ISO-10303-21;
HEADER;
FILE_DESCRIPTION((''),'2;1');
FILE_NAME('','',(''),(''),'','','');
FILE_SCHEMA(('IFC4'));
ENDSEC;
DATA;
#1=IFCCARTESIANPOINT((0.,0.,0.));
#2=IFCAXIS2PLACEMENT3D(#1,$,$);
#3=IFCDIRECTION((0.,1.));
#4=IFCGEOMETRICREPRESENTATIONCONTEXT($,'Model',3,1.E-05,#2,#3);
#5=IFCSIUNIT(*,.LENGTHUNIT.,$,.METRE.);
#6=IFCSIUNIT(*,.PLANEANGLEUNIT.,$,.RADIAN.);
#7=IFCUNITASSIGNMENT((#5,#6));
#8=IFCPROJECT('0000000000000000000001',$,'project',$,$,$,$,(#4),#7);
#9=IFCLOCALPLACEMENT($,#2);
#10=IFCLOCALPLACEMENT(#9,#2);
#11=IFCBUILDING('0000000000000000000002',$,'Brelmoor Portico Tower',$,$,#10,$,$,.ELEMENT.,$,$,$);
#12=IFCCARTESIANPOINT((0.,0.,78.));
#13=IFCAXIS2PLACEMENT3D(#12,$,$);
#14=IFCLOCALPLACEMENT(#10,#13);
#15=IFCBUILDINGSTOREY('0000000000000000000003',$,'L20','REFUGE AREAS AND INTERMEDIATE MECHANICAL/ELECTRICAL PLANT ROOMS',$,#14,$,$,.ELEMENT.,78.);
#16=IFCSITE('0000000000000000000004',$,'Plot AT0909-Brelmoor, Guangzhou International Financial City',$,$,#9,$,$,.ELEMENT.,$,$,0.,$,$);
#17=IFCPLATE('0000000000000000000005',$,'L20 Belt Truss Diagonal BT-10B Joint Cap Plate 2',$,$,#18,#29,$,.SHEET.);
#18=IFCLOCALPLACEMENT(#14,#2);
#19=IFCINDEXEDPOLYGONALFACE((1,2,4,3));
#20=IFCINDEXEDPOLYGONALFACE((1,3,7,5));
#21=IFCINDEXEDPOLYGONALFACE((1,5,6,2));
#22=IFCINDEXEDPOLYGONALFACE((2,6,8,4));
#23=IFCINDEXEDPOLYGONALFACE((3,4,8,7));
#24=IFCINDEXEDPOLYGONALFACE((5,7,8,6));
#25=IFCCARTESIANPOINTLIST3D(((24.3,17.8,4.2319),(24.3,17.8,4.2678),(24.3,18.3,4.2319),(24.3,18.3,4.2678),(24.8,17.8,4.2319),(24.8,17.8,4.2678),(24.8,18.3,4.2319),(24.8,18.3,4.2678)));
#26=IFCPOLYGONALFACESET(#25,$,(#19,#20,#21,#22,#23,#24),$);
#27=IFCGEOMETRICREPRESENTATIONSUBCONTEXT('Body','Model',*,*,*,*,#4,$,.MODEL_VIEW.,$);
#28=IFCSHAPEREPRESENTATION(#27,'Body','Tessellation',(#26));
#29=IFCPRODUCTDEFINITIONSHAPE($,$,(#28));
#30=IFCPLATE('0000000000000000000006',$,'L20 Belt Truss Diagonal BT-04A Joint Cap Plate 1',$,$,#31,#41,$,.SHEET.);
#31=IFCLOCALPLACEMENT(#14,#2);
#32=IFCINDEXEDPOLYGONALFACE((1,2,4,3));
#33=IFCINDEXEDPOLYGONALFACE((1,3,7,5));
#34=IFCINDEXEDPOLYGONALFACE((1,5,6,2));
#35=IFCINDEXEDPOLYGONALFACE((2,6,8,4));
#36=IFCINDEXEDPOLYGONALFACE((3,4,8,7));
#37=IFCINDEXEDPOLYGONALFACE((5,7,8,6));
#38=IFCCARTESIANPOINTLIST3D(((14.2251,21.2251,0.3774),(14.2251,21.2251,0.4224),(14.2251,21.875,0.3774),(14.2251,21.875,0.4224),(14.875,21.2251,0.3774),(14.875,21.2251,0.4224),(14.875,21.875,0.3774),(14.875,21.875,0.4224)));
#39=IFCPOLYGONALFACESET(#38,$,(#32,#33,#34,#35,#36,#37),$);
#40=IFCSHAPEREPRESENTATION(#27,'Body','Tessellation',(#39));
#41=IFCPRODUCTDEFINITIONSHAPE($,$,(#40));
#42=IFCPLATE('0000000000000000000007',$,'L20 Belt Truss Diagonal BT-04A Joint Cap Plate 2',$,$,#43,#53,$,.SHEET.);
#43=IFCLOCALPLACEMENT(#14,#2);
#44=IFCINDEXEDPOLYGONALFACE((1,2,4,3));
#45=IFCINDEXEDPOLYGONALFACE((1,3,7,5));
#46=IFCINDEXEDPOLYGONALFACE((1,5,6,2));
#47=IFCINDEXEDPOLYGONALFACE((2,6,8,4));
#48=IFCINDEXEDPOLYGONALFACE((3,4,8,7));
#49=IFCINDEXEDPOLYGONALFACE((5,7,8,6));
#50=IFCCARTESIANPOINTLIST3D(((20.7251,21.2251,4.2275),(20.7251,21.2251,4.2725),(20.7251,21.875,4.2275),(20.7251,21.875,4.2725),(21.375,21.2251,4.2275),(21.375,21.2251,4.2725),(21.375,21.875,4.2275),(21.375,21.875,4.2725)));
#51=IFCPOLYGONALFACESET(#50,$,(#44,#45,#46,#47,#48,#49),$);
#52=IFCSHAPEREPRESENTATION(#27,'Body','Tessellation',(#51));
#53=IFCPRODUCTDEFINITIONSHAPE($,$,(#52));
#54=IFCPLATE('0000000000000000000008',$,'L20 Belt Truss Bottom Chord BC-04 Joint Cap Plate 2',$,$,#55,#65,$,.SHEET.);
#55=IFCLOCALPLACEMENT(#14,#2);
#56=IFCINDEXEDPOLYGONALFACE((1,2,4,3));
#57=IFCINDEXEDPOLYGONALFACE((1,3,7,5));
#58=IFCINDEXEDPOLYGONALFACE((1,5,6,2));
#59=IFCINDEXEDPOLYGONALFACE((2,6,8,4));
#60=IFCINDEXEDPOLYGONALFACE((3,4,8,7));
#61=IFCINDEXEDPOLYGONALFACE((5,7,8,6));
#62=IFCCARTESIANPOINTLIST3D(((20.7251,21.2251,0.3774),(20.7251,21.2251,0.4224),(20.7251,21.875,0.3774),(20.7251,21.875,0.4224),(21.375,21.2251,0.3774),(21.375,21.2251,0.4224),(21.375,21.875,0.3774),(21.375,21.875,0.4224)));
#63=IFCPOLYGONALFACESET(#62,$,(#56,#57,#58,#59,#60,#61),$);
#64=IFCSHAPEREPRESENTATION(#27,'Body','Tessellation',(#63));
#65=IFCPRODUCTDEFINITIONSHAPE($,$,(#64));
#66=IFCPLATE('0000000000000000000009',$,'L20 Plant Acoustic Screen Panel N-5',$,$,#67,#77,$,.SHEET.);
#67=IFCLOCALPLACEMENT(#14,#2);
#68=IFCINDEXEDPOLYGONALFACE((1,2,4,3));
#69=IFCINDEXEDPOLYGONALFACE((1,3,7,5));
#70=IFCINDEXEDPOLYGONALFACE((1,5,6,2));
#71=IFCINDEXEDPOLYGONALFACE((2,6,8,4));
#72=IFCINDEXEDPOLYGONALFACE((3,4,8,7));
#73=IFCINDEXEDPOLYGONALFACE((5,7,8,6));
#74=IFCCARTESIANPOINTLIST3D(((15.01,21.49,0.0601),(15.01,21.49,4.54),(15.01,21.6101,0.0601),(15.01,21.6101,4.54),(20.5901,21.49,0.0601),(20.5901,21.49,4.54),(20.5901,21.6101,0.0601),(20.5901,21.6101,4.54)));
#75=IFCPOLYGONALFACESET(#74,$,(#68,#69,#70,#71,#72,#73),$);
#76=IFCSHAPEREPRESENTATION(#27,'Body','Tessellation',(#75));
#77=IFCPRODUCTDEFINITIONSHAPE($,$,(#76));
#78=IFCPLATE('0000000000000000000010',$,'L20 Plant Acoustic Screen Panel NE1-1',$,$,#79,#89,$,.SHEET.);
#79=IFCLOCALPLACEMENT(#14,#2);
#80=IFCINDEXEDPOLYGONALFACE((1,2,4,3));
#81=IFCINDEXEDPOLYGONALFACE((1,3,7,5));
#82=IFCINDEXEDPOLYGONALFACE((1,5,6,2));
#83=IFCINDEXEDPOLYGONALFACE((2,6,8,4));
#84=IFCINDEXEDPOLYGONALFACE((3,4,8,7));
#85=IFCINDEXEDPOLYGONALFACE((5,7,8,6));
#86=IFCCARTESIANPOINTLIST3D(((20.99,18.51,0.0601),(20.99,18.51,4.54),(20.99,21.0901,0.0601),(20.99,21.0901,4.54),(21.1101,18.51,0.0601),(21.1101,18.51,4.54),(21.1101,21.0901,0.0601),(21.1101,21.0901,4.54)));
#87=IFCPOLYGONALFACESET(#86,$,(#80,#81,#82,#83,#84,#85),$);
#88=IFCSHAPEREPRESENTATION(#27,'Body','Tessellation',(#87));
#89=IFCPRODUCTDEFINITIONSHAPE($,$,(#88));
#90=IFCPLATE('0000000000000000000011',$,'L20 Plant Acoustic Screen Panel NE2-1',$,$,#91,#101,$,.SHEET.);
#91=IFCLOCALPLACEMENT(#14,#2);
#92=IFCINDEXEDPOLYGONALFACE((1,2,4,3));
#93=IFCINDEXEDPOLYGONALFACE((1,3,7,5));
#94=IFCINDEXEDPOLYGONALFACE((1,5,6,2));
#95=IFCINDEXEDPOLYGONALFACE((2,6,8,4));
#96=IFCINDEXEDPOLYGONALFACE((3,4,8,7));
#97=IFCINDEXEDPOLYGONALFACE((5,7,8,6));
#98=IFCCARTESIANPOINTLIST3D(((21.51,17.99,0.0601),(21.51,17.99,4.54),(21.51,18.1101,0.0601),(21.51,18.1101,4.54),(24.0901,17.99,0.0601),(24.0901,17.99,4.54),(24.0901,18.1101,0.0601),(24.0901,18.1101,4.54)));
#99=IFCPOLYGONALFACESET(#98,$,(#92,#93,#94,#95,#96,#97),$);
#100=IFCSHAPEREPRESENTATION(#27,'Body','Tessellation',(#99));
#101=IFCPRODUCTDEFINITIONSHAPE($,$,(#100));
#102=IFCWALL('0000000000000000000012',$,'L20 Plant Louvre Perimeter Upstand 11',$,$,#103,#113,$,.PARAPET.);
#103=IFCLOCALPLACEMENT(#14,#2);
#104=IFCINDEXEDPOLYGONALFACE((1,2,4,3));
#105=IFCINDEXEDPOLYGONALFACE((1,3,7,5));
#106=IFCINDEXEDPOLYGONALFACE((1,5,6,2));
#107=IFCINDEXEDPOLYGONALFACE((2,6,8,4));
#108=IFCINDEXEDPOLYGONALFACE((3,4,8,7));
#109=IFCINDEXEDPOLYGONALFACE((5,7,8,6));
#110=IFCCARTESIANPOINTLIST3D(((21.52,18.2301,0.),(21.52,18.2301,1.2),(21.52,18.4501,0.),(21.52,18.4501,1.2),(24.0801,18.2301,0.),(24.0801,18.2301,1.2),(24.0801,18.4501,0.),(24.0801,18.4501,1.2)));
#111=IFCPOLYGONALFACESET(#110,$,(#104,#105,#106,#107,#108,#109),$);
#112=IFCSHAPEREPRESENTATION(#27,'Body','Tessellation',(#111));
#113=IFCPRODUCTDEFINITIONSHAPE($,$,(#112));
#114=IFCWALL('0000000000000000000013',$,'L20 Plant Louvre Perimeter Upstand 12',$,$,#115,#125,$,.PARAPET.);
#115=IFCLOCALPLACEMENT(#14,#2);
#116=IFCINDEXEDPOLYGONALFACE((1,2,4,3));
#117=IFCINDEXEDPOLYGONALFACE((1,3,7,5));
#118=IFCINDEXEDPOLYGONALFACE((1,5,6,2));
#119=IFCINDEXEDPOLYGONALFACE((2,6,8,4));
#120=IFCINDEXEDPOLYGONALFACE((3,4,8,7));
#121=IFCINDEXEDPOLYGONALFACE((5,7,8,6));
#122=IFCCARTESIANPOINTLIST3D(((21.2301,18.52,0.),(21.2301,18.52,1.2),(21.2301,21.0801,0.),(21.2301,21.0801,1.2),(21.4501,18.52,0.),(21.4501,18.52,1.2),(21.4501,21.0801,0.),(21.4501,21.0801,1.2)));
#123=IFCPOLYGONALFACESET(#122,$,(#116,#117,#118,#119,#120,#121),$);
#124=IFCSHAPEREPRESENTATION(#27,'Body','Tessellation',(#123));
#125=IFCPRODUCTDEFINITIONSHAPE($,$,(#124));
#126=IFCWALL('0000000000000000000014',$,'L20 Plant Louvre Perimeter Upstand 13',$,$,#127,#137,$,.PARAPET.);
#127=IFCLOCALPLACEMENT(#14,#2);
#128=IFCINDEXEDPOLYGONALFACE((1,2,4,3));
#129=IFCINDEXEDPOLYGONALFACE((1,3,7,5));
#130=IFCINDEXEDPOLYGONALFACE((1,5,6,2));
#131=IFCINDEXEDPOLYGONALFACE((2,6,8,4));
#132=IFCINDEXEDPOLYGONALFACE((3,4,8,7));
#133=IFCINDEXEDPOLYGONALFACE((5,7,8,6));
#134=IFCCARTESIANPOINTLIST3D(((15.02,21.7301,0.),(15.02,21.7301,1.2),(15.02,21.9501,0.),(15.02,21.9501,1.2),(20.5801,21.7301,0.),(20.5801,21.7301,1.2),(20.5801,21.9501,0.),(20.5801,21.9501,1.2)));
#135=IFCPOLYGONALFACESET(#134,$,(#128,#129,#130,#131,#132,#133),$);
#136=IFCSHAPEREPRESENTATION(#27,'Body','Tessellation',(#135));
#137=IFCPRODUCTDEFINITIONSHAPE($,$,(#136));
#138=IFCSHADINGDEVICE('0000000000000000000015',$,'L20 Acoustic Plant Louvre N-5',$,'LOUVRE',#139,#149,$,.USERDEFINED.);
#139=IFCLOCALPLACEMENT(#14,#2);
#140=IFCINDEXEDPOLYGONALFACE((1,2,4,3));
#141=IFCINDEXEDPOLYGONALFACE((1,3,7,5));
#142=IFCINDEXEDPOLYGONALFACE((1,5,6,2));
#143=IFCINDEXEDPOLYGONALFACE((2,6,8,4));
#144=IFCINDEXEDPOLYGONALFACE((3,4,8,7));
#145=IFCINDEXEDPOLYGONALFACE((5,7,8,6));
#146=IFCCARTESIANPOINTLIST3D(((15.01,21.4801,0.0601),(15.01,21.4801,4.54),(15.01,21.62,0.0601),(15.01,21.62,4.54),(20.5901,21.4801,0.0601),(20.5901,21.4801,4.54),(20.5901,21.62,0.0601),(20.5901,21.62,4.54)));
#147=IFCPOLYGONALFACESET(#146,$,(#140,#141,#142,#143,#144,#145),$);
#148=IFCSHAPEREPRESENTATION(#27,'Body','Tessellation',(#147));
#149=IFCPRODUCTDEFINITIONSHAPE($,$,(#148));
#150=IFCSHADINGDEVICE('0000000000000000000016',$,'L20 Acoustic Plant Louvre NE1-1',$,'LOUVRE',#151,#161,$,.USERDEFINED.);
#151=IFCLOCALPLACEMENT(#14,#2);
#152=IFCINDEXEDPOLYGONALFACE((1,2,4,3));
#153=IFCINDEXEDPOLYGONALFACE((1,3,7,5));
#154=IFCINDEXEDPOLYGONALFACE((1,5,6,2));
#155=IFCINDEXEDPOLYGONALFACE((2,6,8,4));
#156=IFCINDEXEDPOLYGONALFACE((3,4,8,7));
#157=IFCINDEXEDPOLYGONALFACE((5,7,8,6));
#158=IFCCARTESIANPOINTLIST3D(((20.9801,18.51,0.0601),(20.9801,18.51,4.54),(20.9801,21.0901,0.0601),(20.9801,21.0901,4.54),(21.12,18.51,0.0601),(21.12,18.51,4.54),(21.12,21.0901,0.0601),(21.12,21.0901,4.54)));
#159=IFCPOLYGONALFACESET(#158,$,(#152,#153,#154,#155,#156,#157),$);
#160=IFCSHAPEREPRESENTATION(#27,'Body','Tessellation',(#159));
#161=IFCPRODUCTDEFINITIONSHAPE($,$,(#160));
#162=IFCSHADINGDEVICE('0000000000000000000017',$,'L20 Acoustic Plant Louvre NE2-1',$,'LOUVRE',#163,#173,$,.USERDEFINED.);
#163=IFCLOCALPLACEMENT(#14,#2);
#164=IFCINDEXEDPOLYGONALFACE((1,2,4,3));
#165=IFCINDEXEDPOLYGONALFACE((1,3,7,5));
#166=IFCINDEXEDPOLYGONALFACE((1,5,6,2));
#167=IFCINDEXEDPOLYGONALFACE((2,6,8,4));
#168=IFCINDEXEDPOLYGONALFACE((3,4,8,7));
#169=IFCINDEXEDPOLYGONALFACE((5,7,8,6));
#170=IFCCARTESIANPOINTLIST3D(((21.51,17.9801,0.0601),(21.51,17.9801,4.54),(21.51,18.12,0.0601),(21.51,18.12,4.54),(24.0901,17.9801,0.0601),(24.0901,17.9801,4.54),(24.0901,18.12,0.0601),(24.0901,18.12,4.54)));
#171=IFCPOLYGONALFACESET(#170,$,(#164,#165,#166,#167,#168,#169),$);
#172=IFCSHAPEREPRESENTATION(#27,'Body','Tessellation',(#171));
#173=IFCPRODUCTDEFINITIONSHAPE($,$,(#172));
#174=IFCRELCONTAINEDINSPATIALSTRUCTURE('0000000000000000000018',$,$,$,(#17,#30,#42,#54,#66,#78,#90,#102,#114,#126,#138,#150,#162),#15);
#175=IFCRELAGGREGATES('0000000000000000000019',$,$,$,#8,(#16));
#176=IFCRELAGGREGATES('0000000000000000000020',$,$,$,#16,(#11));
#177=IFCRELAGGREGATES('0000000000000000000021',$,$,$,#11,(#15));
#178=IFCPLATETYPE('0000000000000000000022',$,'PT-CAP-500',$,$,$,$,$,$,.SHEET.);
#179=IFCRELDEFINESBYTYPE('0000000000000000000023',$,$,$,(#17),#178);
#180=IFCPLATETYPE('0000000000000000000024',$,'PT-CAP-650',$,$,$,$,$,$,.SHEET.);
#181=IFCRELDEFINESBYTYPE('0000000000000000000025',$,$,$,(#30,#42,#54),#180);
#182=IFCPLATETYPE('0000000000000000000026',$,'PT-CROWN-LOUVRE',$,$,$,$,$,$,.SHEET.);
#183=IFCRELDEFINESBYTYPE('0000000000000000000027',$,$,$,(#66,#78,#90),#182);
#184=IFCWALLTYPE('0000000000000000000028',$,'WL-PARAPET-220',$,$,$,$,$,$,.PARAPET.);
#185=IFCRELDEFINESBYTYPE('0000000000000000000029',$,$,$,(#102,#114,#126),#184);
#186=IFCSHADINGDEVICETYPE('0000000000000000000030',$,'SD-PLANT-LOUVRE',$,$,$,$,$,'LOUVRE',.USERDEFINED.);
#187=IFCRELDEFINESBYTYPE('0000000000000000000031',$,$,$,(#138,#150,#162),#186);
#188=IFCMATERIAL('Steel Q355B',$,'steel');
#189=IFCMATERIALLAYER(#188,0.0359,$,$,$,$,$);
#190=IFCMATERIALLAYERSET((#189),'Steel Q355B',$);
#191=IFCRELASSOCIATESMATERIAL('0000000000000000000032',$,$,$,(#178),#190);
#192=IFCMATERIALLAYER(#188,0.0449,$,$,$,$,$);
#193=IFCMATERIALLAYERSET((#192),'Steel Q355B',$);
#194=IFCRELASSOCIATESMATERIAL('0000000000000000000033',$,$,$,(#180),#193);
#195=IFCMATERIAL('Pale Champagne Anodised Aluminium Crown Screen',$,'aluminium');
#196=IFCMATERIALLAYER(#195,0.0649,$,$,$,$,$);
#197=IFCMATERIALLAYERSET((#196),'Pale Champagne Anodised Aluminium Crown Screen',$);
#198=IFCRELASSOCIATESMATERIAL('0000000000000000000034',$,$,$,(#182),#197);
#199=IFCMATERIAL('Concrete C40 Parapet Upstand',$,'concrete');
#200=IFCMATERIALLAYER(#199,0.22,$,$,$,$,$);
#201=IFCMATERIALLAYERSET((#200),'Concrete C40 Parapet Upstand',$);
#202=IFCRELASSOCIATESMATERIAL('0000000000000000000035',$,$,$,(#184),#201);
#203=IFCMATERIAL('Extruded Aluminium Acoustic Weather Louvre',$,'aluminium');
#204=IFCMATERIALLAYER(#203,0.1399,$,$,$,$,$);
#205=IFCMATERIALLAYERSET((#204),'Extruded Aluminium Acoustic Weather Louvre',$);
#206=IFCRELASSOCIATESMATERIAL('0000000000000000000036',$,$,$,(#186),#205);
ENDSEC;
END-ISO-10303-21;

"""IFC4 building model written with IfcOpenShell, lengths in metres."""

from ifc_helpers import new_model, si_unit, direction, frame, frame_2d, origin, origin_2d, place, context, subcontext, project, spatial, rectangle, extrude, material, layer, layer_set, type_object, element, save


model = new_model("IFC4")

# Units and contexts
model_context = context("Model", 3, precision=1e-05, world=origin(), true_north=direction((0.0, 1.0)))
body_context = subcontext(model_context, "Body", "Model", "MODEL_VIEW")
ifc_project = project(units=[si_unit("LENGTHUNIT", "METRE"), si_unit("PLANEANGLEUNIT", "RADIAN")], contexts=[model_context])

# Site, building, storey
site_placement = place(None, origin())
site = spatial("IfcSite", under=ifc_project, at=site_placement, Name="Plot AT0909-Brelmoor, Guangzhou International Financial City", CompositionType="ELEMENT", RefElevation=0.0)
building_placement = place(site_placement, origin())
building = spatial("IfcBuilding", under=site, at=building_placement, Name="Brelmoor Portico Tower", CompositionType="ELEMENT")
storey_placement = place(building_placement, frame((0.0, 0.0, 78.0)))
storey = spatial("IfcBuildingStorey", under=building, at=storey_placement, Name="L20", Description="REFUGE AREAS AND INTERMEDIATE MECHANICAL/ELECTRICAL PLANT ROOMS", CompositionType="ELEMENT", Elevation=78.0)

# Shared definitions
ifc_material_1 = material(Name="Steel Q355B", Category="steel")

# Plates
ifc_layer_1 = layer(ifc_material_1, 0.0359)
ifc_layer_set_1 = layer_set([ifc_layer_1], Name="Steel Q355B")
plate_type_1 = type_object("IfcPlateType", Name="PT-CAP-500", PredefinedType="SHEET", material=ifc_layer_set_1)
plate_1_placement = place(storey_placement, frame((24.55, 18.05, 4.2319), z_axis=(0.0, 0.0, 1.0), x_axis=(1.0, 0.0, 0.0)))
element("IfcPlate", 1, at=plate_1_placement, inside=storey, type_object=plate_type_1, Name="L20 Belt Truss Diagonal BT-10B Joint Cap Plate 2", PredefinedType="SHEET", context=body_context, shape_type="SweptSolid", body=[
    extrude(rectangle(XDim=0.5, YDim=0.5, at=origin_2d()), origin(), (0.0, 0.0, 1.0), 0.0359),
])
ifc_layer_2 = layer(ifc_material_1, 0.0449)
ifc_layer_set_2 = layer_set([ifc_layer_2], Name="Steel Q355B")
plate_type_2 = type_object("IfcPlateType", Name="PT-CAP-650", PredefinedType="SHEET", material=ifc_layer_set_2)
for number, where, z_axis, x_axis, name in (
    (2, (14.55, 21.55, 0.3774), (0.0, 0.0, 1.0), (1.0, 0.0, 0.0), "L20 Belt Truss Diagonal BT-04A Joint Cap Plate 1"),
    (3, (21.05, 21.55, 4.2275), (0.0, 0.0, 1.0), (1.0, 0.0, 0.0), "L20 Belt Truss Diagonal BT-04A Joint Cap Plate 2"),
    (4, (21.05, 21.55, 0.3774), (0.0, 0.0, 1.0), (1.0, 0.0, 0.0), "L20 Belt Truss Bottom Chord BC-04 Joint Cap Plate 2"),
):
    element("IfcPlate", number, at=place(storey_placement, frame(where, z_axis=z_axis, x_axis=x_axis)), inside=storey, type_object=plate_type_2, Name=name, PredefinedType="SHEET", context=body_context, shape_type="SweptSolid", body=[
        extrude(rectangle(XDim=0.6499, YDim=0.6499, at=origin_2d()), origin(), (0.0, 0.0, 1.0), 0.0449),
    ])
ifc_material_2 = material(Name="Pale Champagne Anodised Aluminium Crown Screen", Category="aluminium")
ifc_layer_3 = layer(ifc_material_2, 0.0649)
ifc_layer_set_3 = layer_set([ifc_layer_3], Name="Pale Champagne Anodised Aluminium Crown Screen")
plate_type_3 = type_object("IfcPlateType", Name="PT-CROWN-LOUVRE", PredefinedType="SHEET", material=ifc_layer_set_3)
plate_2_placement = place(storey_placement, frame((17.8, 21.55, 0.0601), z_axis=(0.0, 0.0, 1.0), x_axis=(1.0, 0.0, 0.0)))
element("IfcPlate", 5, at=plate_2_placement, inside=storey, type_object=plate_type_3, Name="L20 Plant Acoustic Screen Panel N-5", PredefinedType="SHEET", context=body_context, shape_type="SweptSolid", body=[
    extrude(rectangle(XDim=5.5801, YDim=0.1201, at=origin_2d()), origin(), (0.0, 0.0, 1.0), 4.48),
])
for number, where, z_axis, x_axis, name in (
    (6, (21.05, 19.8, 0.0601), (0.0, 0.0, 1.0), (0.0, 1.0, 0.0), "L20 Plant Acoustic Screen Panel NE1-1"),
    (7, (22.8, 18.05, 0.0601), (0.0, 0.0, 1.0), (1.0, 0.0, 0.0), "L20 Plant Acoustic Screen Panel NE2-1"),
):
    element("IfcPlate", number, at=place(storey_placement, frame(where, z_axis=z_axis, x_axis=x_axis)), inside=storey, type_object=plate_type_3, Name=name, PredefinedType="SHEET", context=body_context, shape_type="SweptSolid", body=[
        extrude(rectangle(XDim=2.5801, YDim=0.1201, at=origin_2d()), origin(), (0.0, 0.0, 1.0), 4.48),
    ])

# Walls
ifc_material_3 = material(Name="Concrete C40 Parapet Upstand", Category="concrete")
ifc_layer_4 = layer(ifc_material_3, 0.22)
ifc_layer_set_4 = layer_set([ifc_layer_4], Name="Concrete C40 Parapet Upstand")
wall_type = type_object("IfcWallType", Name="WL-PARAPET-220", PredefinedType="PARAPET", material=ifc_layer_set_4)
for number, where, z_axis, x_axis, name in (
    (8, (24.0801, 18.3401, 0.0), (0.0, 0.0, 1.0), (-1.0, 0.0, 0.0), "L20 Plant Louvre Perimeter Upstand 11"),
    (9, (21.3401, 18.52, 0.0), (0.0, 0.0, 1.0), (0.0, 1.0, 0.0), "L20 Plant Louvre Perimeter Upstand 12"),
):
    element("IfcWall", number, at=place(storey_placement, frame(where, z_axis=z_axis, x_axis=x_axis)), inside=storey, type_object=wall_type, Name=name, PredefinedType="PARAPET", context=body_context, shape_type="SweptSolid", body=[
        extrude(rectangle(XDim=2.5601, YDim=0.22, at=frame_2d((1.28, 0.0))), origin(), (0.0, 0.0, 1.0), 1.2),
    ])
wall_placement = place(storey_placement, frame((20.5801, 21.8401, 0.0), z_axis=(0.0, 0.0, 1.0), x_axis=(-1.0, 0.0, 0.0)))
element("IfcWall", 10, at=wall_placement, inside=storey, type_object=wall_type, Name="L20 Plant Louvre Perimeter Upstand 13", PredefinedType="PARAPET", context=body_context, shape_type="SweptSolid", body=[
    extrude(rectangle(XDim=5.5601, YDim=0.22, at=frame_2d((2.78, 0.0))), origin(), (0.0, 0.0, 1.0), 1.2),
])

# Shading devices
ifc_material_4 = material(Name="Extruded Aluminium Acoustic Weather Louvre", Category="aluminium")
ifc_layer_5 = layer(ifc_material_4, 0.1399)
ifc_layer_set_5 = layer_set([ifc_layer_5], Name="Extruded Aluminium Acoustic Weather Louvre")
shading_device_type = type_object("IfcShadingDeviceType", Name="SD-PLANT-LOUVRE", ElementType="LOUVRE", PredefinedType="USERDEFINED", material=ifc_layer_set_5)
shading_device_placement = place(storey_placement, frame((17.8, 21.55, 0.0601), z_axis=(0.0, 0.0, 1.0), x_axis=(1.0, 0.0, 0.0)))
element("IfcShadingDevice", 11, at=shading_device_placement, inside=storey, type_object=shading_device_type, Name="L20 Acoustic Plant Louvre N-5", ObjectType="LOUVRE", PredefinedType="USERDEFINED", context=body_context, shape_type="SweptSolid", body=[
    extrude(rectangle(XDim=5.5801, YDim=0.1399, at=origin_2d()), origin(), (0.0, 0.0, 1.0), 4.48),
])
for number, where, z_axis, x_axis, name in (
    (12, (21.05, 19.8, 0.0601), (0.0, 0.0, 1.0), (0.0, 1.0, 0.0), "L20 Acoustic Plant Louvre NE1-1"),
    (13, (22.8, 18.05, 0.0601), (0.0, 0.0, 1.0), (1.0, 0.0, 0.0), "L20 Acoustic Plant Louvre NE2-1"),
):
    element("IfcShadingDevice", number, at=place(storey_placement, frame(where, z_axis=z_axis, x_axis=x_axis)), inside=storey, type_object=shading_device_type, Name=name, ObjectType="LOUVRE", PredefinedType="USERDEFINED", context=body_context, shape_type="SweptSolid", body=[
        extrude(rectangle(XDim=2.5801, YDim=0.1399, at=origin_2d()), origin(), (0.0, 0.0, 1.0), 4.48),
    ])

save(model, "model.ifc")
